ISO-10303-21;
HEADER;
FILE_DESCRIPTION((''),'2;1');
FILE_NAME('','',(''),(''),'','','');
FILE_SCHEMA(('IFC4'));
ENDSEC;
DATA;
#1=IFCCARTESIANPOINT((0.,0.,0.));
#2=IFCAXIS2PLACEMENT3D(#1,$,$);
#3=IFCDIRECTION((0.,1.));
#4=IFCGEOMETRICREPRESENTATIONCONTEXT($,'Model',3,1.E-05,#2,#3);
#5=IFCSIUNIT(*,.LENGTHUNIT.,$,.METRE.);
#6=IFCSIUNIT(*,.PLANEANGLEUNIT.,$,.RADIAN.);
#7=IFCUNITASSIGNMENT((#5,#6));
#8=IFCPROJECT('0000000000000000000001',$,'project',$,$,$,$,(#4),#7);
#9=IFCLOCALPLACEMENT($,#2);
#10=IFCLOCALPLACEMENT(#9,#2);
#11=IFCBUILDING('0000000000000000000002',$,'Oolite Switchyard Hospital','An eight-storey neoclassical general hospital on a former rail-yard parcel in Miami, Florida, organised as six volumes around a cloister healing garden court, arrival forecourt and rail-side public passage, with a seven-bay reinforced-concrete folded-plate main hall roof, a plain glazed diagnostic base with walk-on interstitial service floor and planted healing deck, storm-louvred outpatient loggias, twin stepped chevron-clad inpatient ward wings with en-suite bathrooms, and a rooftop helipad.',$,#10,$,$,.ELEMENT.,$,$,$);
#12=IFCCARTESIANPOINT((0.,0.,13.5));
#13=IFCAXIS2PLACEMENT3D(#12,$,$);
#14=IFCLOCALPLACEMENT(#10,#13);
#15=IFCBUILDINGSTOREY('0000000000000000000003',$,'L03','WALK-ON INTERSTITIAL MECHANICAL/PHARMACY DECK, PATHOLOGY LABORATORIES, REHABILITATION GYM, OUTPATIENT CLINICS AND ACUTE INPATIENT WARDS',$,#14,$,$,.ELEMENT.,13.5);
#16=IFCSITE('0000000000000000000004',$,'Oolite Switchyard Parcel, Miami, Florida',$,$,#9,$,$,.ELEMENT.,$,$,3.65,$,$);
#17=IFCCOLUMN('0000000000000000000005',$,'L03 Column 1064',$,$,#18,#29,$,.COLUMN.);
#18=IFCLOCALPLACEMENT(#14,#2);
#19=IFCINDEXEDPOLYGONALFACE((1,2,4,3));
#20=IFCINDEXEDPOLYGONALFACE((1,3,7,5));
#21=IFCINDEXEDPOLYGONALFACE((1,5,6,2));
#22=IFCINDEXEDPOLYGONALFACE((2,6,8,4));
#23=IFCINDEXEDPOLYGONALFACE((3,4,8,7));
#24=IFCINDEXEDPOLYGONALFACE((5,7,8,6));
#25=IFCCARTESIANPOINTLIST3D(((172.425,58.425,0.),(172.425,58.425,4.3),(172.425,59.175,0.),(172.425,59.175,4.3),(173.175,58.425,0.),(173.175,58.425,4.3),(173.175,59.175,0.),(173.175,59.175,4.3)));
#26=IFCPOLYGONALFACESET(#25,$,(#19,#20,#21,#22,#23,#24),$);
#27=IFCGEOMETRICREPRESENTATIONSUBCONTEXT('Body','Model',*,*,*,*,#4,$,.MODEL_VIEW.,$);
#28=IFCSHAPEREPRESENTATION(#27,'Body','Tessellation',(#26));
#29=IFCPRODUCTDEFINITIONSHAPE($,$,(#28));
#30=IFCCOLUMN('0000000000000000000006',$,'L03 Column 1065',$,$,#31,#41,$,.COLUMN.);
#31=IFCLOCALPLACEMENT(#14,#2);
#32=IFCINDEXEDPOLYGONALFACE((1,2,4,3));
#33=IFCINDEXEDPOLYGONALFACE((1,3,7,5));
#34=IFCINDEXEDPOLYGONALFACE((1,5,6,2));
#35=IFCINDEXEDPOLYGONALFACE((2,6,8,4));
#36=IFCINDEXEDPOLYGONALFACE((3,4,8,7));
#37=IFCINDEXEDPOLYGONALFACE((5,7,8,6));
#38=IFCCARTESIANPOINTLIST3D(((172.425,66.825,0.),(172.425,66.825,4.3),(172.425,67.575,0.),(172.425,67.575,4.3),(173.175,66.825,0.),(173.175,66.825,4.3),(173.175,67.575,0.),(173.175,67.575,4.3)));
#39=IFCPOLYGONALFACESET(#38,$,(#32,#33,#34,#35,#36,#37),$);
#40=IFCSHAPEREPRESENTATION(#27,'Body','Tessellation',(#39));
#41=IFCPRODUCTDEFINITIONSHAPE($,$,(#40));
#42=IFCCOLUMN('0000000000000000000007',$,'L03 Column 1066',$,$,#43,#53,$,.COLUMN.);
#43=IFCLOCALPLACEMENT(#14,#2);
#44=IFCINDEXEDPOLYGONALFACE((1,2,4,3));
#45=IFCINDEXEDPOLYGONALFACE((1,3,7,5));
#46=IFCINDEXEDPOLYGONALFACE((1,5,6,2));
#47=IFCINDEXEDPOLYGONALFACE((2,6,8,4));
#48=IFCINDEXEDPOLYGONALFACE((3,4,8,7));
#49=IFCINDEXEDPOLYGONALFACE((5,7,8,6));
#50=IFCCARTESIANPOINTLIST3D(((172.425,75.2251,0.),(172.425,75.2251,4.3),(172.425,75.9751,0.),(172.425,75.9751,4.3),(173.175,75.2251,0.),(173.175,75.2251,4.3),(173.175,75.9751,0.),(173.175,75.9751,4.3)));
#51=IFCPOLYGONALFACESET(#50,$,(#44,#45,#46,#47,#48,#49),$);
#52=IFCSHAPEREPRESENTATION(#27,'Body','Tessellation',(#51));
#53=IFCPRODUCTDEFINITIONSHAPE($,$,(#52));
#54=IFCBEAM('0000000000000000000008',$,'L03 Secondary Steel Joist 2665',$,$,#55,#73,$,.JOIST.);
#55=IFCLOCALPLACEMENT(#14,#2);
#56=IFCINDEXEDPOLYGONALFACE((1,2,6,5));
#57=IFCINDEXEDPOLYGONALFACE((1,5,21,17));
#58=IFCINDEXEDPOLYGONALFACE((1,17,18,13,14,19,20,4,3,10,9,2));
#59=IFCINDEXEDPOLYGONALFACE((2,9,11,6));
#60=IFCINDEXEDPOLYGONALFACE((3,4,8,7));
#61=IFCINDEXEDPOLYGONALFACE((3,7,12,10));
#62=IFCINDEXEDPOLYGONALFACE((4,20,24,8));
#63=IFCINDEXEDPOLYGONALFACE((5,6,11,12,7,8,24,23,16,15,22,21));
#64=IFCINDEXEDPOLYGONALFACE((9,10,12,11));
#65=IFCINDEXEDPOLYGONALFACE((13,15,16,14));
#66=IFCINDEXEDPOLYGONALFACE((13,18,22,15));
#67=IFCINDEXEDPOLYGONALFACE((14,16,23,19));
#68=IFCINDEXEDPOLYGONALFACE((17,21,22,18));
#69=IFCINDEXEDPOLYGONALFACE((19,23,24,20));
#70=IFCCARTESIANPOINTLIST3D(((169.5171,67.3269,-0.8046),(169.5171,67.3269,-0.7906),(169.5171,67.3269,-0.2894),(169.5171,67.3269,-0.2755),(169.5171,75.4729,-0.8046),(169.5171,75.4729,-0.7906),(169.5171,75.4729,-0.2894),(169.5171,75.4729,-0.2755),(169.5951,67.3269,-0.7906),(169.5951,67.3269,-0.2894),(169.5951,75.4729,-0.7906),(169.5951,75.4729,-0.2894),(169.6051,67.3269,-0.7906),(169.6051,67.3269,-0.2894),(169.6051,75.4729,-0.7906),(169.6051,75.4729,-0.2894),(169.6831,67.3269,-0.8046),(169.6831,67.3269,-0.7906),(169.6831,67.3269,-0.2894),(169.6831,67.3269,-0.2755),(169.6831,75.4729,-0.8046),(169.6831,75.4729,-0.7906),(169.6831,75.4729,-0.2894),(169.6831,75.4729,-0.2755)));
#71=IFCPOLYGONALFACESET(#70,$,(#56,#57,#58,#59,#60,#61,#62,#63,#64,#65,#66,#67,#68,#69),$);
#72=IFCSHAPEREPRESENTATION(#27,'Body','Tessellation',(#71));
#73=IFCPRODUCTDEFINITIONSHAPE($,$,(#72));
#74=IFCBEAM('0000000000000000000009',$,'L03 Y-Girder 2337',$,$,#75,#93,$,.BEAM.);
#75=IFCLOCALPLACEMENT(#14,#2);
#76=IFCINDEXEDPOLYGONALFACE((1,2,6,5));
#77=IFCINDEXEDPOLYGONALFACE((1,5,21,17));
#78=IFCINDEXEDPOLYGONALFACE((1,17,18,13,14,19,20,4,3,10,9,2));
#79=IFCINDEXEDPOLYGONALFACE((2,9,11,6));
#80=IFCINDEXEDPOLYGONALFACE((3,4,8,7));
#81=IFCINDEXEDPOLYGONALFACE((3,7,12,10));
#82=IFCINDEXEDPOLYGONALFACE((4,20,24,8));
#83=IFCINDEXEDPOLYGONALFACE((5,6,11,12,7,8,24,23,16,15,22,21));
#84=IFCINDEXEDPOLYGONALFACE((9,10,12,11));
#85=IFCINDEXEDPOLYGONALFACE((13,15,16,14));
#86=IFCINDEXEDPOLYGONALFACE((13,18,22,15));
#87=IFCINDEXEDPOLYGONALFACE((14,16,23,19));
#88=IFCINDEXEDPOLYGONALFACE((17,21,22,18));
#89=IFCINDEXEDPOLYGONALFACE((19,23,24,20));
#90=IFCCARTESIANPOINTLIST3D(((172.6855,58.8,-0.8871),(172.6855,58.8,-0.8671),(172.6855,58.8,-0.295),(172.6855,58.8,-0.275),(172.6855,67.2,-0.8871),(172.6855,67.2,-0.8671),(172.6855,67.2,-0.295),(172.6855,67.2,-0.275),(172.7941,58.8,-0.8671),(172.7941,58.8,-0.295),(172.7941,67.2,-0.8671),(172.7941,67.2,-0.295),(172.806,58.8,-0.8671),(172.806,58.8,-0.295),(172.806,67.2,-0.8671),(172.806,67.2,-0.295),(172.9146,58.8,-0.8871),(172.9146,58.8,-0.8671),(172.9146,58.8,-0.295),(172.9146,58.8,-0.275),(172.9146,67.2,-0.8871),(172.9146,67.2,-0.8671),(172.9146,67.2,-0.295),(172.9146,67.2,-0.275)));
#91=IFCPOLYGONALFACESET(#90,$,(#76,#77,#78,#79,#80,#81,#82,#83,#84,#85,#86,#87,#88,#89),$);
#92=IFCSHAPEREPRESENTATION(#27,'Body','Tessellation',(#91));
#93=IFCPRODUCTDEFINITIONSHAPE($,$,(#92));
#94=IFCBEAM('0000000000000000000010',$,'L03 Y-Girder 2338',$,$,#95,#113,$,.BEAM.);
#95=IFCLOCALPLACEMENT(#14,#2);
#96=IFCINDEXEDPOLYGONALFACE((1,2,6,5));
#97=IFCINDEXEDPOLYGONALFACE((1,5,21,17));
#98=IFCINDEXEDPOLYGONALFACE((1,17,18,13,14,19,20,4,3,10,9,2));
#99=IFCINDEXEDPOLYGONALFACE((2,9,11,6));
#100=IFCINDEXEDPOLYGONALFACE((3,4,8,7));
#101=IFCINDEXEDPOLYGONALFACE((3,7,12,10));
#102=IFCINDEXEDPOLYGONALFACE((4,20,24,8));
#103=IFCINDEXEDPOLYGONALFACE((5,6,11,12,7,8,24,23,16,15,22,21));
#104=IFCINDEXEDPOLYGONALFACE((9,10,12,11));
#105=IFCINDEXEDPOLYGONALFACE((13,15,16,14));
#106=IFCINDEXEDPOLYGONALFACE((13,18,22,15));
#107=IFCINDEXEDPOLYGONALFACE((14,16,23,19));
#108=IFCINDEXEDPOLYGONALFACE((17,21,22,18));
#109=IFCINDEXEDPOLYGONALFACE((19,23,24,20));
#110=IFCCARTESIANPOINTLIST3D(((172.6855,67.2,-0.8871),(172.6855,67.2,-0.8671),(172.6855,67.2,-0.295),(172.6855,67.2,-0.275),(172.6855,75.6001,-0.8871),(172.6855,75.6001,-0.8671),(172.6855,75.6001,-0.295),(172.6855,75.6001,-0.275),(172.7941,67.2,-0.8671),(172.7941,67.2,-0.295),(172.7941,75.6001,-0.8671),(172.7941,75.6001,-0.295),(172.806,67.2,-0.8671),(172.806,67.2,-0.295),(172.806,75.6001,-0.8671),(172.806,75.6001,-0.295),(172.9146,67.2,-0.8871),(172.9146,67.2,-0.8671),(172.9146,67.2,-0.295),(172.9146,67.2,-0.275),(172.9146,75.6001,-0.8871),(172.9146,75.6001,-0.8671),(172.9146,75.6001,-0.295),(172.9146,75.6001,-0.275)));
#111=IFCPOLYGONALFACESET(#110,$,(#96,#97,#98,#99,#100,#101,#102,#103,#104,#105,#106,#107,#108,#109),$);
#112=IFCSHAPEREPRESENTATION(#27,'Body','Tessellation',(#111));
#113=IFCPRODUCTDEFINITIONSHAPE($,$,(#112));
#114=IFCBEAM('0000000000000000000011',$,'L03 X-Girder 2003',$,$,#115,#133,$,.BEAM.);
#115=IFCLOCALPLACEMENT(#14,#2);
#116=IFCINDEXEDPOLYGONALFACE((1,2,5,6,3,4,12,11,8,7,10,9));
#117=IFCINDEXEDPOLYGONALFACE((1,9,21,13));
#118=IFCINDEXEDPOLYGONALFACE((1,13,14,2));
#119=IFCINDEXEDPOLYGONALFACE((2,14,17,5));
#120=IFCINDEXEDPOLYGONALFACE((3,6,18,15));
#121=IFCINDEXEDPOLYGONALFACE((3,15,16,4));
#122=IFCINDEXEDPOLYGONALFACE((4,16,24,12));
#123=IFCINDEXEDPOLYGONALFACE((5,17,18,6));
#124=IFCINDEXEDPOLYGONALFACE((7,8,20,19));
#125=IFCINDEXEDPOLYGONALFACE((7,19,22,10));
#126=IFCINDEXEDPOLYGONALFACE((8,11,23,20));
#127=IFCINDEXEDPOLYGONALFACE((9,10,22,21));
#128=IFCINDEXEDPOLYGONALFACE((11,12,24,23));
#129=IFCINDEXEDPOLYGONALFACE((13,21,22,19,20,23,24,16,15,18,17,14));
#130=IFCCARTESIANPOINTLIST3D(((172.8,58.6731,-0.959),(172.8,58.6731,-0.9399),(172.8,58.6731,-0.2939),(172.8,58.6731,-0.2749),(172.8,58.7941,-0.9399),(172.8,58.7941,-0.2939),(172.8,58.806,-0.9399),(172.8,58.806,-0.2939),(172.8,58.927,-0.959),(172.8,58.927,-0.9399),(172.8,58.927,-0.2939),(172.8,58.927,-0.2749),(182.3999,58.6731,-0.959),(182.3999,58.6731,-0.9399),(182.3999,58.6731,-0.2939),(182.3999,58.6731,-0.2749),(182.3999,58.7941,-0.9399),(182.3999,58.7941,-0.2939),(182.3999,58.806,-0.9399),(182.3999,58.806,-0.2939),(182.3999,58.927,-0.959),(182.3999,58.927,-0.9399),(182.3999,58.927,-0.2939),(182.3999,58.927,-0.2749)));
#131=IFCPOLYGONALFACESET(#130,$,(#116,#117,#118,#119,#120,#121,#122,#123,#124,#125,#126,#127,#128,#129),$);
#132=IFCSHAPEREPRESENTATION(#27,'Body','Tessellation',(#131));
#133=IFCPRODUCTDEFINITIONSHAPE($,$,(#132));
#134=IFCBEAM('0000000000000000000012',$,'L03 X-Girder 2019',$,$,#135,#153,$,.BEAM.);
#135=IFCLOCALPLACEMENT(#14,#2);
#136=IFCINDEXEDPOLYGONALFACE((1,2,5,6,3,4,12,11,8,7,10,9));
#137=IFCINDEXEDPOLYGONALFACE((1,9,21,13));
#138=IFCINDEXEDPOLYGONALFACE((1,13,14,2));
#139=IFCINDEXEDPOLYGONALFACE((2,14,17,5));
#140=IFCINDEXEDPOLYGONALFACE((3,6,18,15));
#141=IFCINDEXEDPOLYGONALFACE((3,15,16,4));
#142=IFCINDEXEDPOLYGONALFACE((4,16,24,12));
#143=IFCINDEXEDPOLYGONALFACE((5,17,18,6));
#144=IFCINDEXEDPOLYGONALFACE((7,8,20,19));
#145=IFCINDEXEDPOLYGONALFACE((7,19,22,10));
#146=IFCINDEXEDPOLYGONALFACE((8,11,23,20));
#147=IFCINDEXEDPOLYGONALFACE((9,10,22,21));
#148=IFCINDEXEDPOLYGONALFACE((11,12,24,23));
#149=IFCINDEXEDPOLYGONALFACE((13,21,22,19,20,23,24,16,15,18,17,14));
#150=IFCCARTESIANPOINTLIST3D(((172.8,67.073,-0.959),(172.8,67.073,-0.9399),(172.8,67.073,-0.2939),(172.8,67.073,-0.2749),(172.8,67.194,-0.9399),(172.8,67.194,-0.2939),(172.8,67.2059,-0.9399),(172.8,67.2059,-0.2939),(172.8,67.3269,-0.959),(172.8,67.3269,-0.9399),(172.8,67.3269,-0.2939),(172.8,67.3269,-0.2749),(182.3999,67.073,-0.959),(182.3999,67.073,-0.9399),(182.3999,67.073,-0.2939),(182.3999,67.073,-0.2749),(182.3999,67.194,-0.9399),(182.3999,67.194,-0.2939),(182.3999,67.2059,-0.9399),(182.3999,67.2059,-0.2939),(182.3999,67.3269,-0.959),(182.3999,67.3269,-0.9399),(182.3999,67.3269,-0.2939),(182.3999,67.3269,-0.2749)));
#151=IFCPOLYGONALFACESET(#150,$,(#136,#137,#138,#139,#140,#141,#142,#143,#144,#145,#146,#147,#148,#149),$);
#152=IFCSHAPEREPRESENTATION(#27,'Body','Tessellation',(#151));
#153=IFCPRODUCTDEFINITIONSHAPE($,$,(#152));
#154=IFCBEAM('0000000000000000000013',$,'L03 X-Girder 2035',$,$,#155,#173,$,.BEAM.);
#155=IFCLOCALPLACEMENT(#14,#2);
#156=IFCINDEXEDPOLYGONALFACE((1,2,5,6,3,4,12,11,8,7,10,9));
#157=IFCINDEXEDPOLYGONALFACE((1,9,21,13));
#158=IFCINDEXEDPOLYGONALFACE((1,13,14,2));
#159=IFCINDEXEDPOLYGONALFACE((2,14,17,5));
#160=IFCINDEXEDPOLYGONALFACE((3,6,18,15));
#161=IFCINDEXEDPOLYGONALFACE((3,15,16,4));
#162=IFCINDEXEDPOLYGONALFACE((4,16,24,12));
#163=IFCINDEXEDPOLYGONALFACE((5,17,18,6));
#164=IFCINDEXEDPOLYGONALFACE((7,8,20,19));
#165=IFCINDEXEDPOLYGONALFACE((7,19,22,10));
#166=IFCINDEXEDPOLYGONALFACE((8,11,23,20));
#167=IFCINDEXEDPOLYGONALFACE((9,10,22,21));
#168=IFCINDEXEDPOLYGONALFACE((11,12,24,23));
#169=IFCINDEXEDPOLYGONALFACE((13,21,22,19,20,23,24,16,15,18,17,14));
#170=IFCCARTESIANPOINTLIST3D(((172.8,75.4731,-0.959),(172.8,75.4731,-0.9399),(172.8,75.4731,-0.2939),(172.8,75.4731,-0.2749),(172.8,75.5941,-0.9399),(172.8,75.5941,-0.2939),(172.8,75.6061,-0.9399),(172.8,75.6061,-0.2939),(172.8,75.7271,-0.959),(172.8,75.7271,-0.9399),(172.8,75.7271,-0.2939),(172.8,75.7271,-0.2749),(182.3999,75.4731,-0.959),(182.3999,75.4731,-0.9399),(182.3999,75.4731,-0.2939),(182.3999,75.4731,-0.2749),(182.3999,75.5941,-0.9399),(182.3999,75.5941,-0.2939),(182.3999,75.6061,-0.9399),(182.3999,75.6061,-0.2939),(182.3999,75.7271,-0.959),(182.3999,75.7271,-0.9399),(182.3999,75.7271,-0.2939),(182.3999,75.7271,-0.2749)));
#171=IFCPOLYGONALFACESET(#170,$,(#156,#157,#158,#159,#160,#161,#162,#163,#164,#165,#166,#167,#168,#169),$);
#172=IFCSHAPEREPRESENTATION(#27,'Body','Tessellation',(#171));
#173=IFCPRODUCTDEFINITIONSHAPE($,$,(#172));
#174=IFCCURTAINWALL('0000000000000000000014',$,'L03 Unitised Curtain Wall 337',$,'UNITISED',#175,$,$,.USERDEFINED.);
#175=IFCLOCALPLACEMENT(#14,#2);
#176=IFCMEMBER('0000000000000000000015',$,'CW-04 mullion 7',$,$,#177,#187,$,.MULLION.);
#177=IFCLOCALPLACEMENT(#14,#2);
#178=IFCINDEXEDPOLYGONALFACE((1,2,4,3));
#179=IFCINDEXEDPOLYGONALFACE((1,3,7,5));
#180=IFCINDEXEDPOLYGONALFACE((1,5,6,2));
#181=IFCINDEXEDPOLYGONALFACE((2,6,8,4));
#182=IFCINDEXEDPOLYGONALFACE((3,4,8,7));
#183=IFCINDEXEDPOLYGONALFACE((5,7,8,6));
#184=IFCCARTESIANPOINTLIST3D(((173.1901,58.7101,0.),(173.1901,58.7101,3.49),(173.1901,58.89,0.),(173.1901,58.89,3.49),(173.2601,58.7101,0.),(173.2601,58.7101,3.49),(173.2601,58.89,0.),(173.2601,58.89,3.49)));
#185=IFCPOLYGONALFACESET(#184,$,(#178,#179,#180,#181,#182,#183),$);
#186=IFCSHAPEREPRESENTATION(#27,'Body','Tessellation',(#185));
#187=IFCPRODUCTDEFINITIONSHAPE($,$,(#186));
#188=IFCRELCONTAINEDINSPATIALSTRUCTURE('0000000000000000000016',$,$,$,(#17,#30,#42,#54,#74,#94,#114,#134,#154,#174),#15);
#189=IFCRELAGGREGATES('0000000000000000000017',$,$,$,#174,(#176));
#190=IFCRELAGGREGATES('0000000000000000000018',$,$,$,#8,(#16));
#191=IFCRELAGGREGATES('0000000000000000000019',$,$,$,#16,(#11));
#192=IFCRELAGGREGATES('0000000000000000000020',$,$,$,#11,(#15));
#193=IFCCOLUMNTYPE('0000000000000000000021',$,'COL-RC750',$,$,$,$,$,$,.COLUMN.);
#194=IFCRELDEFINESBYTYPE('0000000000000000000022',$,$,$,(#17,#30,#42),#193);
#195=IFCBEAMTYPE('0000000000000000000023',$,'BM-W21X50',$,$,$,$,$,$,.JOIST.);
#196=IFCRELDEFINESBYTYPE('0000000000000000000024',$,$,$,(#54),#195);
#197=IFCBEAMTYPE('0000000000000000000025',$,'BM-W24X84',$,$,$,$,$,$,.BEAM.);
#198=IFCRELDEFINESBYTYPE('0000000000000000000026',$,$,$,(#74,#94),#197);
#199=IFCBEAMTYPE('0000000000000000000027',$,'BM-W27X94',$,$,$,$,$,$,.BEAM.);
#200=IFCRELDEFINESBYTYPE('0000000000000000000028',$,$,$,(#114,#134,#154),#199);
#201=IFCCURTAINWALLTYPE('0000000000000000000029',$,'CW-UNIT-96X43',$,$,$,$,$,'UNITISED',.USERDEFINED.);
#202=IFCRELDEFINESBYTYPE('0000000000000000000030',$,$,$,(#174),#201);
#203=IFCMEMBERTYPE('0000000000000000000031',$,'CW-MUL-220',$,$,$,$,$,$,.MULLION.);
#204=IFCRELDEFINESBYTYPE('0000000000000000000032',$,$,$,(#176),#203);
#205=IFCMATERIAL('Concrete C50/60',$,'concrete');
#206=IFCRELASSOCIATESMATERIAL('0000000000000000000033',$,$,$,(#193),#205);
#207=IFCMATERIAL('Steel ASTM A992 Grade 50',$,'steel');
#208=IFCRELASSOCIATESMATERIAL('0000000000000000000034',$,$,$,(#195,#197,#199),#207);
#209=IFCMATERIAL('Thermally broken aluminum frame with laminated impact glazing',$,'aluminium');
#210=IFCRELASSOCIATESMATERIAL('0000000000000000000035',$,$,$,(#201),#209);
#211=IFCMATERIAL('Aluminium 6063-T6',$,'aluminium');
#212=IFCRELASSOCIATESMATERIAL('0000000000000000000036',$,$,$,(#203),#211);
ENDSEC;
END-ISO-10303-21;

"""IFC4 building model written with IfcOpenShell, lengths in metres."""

from ifc_helpers import new_model, si_unit, direction, frame, origin, origin_2d, place, context, subcontext, project, spatial, rectangle, i_section, extrude, material, material_profile, profile_set, type_object, element, aggregate, save


model = new_model("IFC4")

# Units and contexts
model_context = context("Model", 3, precision=1e-05, world=origin(), true_north=direction((0.0, 1.0)))
body_context = subcontext(model_context, "Body", "Model", "MODEL_VIEW")
ifc_project = project(units=[si_unit("LENGTHUNIT", "METRE"), si_unit("PLANEANGLEUNIT", "RADIAN")], contexts=[model_context])

# Site, building, storey
site_placement = place(None, origin())
site = spatial("IfcSite", under=ifc_project, at=site_placement, Name="Oolite Switchyard Parcel, Miami, Florida", CompositionType="ELEMENT", RefElevation=3.65)
building_placement = place(site_placement, origin())
building = spatial("IfcBuilding", under=site, at=building_placement, Name="Oolite Switchyard Hospital", Description="An eight-storey neoclassical general hospital on a former rail-yard parcel in Miami, Florida, organised as six volumes around a cloister healing garden court, arrival forecourt and rail-side public passage, with a seven-bay reinforced-concrete folded-plate main hall roof, a plain glazed diagnostic base with walk-on interstitial service floor and planted healing deck, storm-louvred outpatient loggias, twin stepped chevron-clad inpatient ward wings with en-suite bathrooms, and a rooftop helipad.", CompositionType="ELEMENT")
storey_placement = place(building_placement, frame((0.0, 0.0, 13.5)))
storey = spatial("IfcBuildingStorey", under=building, at=storey_placement, Name="L03", Description="WALK-ON INTERSTITIAL MECHANICAL/PHARMACY DECK, PATHOLOGY LABORATORIES, REHABILITATION GYM, OUTPATIENT CLINICS AND ACUTE INPATIENT WARDS", CompositionType="ELEMENT", Elevation=13.5)

# Columns
ifc_material_1 = material(Name="Concrete C50/60", Category="concrete")
ifc_material_profile_1 = material_profile(ifc_material_1, rectangle(XDim=0.75, YDim=0.75, at=origin_2d()), Name="RC750X750")
ifc_profile_set_1 = profile_set([ifc_material_profile_1], Name="Concrete C50/60")
column_type = type_object("IfcColumnType", Name="COL-RC750", PredefinedType="COLUMN", material=ifc_profile_set_1)
for number, where, z_axis, x_axis, name in (
    (1, (172.8, 58.8, 0.0), (0.0, 0.0, 1.0), (1.0, 0.0, 0.0), "L03 Column 1064"),
    (2, (172.8, 67.2, 0.0), (0.0, 0.0, 1.0), (1.0, 0.0, 0.0), "L03 Column 1065"),
    (3, (172.8, 75.6001, 0.0), (0.0, 0.0, 1.0), (1.0, 0.0, 0.0), "L03 Column 1066"),
):
    element("IfcColumn", number, at=place(storey_placement, frame(where, z_axis=z_axis, x_axis=x_axis)), inside=storey, type_object=column_type, Name=name, PredefinedType="COLUMN", context=body_context, shape_type="SweptSolid", body=[
        extrude(rectangle(XDim=0.75, YDim=0.75, at=origin_2d()), origin(), (0.0, 0.0, 1.0), 4.3),
    ])

# Beams
ifc_material_2 = material(Name="Steel ASTM A992 Grade 50", Category="steel")
ifc_material_profile_2 = material_profile(ifc_material_2, i_section(OverallWidth=0.166, OverallDepth=0.5291, WebThickness=0.01, FlangeThickness=0.0139, at=origin_2d()), Name="W21X50")
ifc_profile_set_2 = profile_set([ifc_material_profile_2], Name="Steel ASTM A992 Grade 50")
beam_type_1 = type_object("IfcBeamType", Name="BM-W21X50", PredefinedType="JOIST", material=ifc_profile_set_2)
beam_1_placement = place(storey_placement, frame((169.6001, 67.3269, -0.54), z_axis=(0.0, 1.0, 0.0), x_axis=(-1.0, 0.0, 0.0)))
element("IfcBeam", 4, at=beam_1_placement, inside=storey, type_object=beam_type_1, Name="L03 Secondary Steel Joist 2665", PredefinedType="JOIST", context=body_context, shape_type="SweptSolid", body=[
    extrude(i_section(OverallWidth=0.166, OverallDepth=0.5291, WebThickness=0.01, FlangeThickness=0.0139, at=origin_2d()), origin(), (0.0, 0.0, 1.0), 8.146),
])
ifc_material_profile_3 = material_profile(ifc_material_2, i_section(OverallWidth=0.229, OverallDepth=0.6121, WebThickness=0.012, FlangeThickness=0.02, at=origin_2d()), Name="W24X84")
ifc_profile_set_3 = profile_set([ifc_material_profile_3], Name="Steel ASTM A992 Grade 50")
beam_type_2 = type_object("IfcBeamType", Name="BM-W24X84", PredefinedType="BEAM", material=ifc_profile_set_3)
beam_2_placement = place(storey_placement, frame((172.8, 58.8, -0.5811), z_axis=(0.0, 1.0, 0.0), x_axis=(-1.0, 0.0, 0.0)))
element("IfcBeam", 5, at=beam_2_placement, inside=storey, type_object=beam_type_2, Name="L03 Y-Girder 2337", PredefinedType="BEAM", context=body_context, shape_type="SweptSolid", body=[
    extrude(i_section(OverallWidth=0.229, OverallDepth=0.6121, WebThickness=0.012, FlangeThickness=0.02, at=origin_2d()), origin(), (0.0, 0.0, 1.0), 8.3999),
])
beam_3_placement = place(storey_placement, frame((172.8, 67.2, -0.5811), z_axis=(0.0, 1.0, 0.0), x_axis=(-1.0, 0.0, 0.0)))
element("IfcBeam", 6, at=beam_3_placement, inside=storey, type_object=beam_type_2, Name="L03 Y-Girder 2338", PredefinedType="BEAM", context=body_context, shape_type="SweptSolid", body=[
    extrude(i_section(OverallWidth=0.229, OverallDepth=0.6121, WebThickness=0.012, FlangeThickness=0.02, at=origin_2d()), origin(), (0.0, 0.0, 1.0), 8.4001),
])
ifc_material_profile_4 = material_profile(ifc_material_2, i_section(OverallWidth=0.2539, OverallDepth=0.6841, WebThickness=0.012, FlangeThickness=0.019, at=origin_2d()), Name="W27X94")
ifc_profile_set_4 = profile_set([ifc_material_profile_4], Name="Steel ASTM A992 Grade 50")
beam_type_3 = type_object("IfcBeamType", Name="BM-W27X94", PredefinedType="BEAM", material=ifc_profile_set_4)
for number, where, z_axis, x_axis, name in (
    (7, (172.8, 58.8, -0.6169), (1.0, 0.0, 0.0), (0.0, 1.0, 0.0), "L03 X-Girder 2003"),
    (8, (172.8, 67.2, -0.6169), (1.0, 0.0, 0.0), (0.0, 1.0, 0.0), "L03 X-Girder 2019"),
    (9, (172.8, 75.6001, -0.6169), (1.0, 0.0, 0.0), (0.0, 1.0, 0.0), "L03 X-Girder 2035"),
):
    element("IfcBeam", number, at=place(storey_placement, frame(where, z_axis=z_axis, x_axis=x_axis)), inside=storey, type_object=beam_type_3, Name=name, PredefinedType="BEAM", context=body_context, shape_type="SweptSolid", body=[
        extrude(i_section(OverallWidth=0.2539, OverallDepth=0.6841, WebThickness=0.012, FlangeThickness=0.019, at=origin_2d()), origin(), (0.0, 0.0, 1.0), 9.5999),
    ])

# Curtain wall, member
ifc_material_3 = material(Name="Thermally broken aluminum frame with laminated impact glazing", Category="aluminium")
curtain_wall_type = type_object("IfcCurtainWallType", Name="CW-UNIT-96X43", ElementType="UNITISED", PredefinedType="USERDEFINED", material=ifc_material_3)
curtain_wall_1_placement = place(storey_placement, origin())
curtain_wall_1 = element("IfcCurtainWall", 10, at=curtain_wall_1_placement, inside=storey, type_object=curtain_wall_type, Name="L03 Unitised Curtain Wall 337", ObjectType="UNITISED", PredefinedType="USERDEFINED")
ifc_material_4 = material(Name="Aluminium 6063-T6", Category="aluminium")
ifc_material_profile_5 = material_profile(ifc_material_4, rectangle(XDim=0.1799, YDim=0.0701, at=origin_2d()), Name="CWM70X180")
ifc_profile_set_5 = profile_set([ifc_material_profile_5], Name="Aluminium 6063-T6")
member_type_1 = type_object("IfcMemberType", Name="CW-MUL-220", PredefinedType="MULLION", material=ifc_profile_set_5)
member_1_placement = place(storey_placement, frame((173.2251, 58.8, 0.0), z_axis=(0.0, 0.0, 1.0), x_axis=(0.0, -1.0, 0.0)))
member_1 = element("IfcMember", 11, at=member_1_placement, type_object=member_type_1, Name="CW-04 mullion 7", PredefinedType="MULLION", context=body_context, shape_type="SweptSolid", body=[
    extrude(rectangle(XDim=0.1799, YDim=0.0701, at=origin_2d()), origin(), (0.0, 0.0, 1.0), 3.49),
])

aggregate(curtain_wall_1, [member_1])

save(model, "model.ifc")
